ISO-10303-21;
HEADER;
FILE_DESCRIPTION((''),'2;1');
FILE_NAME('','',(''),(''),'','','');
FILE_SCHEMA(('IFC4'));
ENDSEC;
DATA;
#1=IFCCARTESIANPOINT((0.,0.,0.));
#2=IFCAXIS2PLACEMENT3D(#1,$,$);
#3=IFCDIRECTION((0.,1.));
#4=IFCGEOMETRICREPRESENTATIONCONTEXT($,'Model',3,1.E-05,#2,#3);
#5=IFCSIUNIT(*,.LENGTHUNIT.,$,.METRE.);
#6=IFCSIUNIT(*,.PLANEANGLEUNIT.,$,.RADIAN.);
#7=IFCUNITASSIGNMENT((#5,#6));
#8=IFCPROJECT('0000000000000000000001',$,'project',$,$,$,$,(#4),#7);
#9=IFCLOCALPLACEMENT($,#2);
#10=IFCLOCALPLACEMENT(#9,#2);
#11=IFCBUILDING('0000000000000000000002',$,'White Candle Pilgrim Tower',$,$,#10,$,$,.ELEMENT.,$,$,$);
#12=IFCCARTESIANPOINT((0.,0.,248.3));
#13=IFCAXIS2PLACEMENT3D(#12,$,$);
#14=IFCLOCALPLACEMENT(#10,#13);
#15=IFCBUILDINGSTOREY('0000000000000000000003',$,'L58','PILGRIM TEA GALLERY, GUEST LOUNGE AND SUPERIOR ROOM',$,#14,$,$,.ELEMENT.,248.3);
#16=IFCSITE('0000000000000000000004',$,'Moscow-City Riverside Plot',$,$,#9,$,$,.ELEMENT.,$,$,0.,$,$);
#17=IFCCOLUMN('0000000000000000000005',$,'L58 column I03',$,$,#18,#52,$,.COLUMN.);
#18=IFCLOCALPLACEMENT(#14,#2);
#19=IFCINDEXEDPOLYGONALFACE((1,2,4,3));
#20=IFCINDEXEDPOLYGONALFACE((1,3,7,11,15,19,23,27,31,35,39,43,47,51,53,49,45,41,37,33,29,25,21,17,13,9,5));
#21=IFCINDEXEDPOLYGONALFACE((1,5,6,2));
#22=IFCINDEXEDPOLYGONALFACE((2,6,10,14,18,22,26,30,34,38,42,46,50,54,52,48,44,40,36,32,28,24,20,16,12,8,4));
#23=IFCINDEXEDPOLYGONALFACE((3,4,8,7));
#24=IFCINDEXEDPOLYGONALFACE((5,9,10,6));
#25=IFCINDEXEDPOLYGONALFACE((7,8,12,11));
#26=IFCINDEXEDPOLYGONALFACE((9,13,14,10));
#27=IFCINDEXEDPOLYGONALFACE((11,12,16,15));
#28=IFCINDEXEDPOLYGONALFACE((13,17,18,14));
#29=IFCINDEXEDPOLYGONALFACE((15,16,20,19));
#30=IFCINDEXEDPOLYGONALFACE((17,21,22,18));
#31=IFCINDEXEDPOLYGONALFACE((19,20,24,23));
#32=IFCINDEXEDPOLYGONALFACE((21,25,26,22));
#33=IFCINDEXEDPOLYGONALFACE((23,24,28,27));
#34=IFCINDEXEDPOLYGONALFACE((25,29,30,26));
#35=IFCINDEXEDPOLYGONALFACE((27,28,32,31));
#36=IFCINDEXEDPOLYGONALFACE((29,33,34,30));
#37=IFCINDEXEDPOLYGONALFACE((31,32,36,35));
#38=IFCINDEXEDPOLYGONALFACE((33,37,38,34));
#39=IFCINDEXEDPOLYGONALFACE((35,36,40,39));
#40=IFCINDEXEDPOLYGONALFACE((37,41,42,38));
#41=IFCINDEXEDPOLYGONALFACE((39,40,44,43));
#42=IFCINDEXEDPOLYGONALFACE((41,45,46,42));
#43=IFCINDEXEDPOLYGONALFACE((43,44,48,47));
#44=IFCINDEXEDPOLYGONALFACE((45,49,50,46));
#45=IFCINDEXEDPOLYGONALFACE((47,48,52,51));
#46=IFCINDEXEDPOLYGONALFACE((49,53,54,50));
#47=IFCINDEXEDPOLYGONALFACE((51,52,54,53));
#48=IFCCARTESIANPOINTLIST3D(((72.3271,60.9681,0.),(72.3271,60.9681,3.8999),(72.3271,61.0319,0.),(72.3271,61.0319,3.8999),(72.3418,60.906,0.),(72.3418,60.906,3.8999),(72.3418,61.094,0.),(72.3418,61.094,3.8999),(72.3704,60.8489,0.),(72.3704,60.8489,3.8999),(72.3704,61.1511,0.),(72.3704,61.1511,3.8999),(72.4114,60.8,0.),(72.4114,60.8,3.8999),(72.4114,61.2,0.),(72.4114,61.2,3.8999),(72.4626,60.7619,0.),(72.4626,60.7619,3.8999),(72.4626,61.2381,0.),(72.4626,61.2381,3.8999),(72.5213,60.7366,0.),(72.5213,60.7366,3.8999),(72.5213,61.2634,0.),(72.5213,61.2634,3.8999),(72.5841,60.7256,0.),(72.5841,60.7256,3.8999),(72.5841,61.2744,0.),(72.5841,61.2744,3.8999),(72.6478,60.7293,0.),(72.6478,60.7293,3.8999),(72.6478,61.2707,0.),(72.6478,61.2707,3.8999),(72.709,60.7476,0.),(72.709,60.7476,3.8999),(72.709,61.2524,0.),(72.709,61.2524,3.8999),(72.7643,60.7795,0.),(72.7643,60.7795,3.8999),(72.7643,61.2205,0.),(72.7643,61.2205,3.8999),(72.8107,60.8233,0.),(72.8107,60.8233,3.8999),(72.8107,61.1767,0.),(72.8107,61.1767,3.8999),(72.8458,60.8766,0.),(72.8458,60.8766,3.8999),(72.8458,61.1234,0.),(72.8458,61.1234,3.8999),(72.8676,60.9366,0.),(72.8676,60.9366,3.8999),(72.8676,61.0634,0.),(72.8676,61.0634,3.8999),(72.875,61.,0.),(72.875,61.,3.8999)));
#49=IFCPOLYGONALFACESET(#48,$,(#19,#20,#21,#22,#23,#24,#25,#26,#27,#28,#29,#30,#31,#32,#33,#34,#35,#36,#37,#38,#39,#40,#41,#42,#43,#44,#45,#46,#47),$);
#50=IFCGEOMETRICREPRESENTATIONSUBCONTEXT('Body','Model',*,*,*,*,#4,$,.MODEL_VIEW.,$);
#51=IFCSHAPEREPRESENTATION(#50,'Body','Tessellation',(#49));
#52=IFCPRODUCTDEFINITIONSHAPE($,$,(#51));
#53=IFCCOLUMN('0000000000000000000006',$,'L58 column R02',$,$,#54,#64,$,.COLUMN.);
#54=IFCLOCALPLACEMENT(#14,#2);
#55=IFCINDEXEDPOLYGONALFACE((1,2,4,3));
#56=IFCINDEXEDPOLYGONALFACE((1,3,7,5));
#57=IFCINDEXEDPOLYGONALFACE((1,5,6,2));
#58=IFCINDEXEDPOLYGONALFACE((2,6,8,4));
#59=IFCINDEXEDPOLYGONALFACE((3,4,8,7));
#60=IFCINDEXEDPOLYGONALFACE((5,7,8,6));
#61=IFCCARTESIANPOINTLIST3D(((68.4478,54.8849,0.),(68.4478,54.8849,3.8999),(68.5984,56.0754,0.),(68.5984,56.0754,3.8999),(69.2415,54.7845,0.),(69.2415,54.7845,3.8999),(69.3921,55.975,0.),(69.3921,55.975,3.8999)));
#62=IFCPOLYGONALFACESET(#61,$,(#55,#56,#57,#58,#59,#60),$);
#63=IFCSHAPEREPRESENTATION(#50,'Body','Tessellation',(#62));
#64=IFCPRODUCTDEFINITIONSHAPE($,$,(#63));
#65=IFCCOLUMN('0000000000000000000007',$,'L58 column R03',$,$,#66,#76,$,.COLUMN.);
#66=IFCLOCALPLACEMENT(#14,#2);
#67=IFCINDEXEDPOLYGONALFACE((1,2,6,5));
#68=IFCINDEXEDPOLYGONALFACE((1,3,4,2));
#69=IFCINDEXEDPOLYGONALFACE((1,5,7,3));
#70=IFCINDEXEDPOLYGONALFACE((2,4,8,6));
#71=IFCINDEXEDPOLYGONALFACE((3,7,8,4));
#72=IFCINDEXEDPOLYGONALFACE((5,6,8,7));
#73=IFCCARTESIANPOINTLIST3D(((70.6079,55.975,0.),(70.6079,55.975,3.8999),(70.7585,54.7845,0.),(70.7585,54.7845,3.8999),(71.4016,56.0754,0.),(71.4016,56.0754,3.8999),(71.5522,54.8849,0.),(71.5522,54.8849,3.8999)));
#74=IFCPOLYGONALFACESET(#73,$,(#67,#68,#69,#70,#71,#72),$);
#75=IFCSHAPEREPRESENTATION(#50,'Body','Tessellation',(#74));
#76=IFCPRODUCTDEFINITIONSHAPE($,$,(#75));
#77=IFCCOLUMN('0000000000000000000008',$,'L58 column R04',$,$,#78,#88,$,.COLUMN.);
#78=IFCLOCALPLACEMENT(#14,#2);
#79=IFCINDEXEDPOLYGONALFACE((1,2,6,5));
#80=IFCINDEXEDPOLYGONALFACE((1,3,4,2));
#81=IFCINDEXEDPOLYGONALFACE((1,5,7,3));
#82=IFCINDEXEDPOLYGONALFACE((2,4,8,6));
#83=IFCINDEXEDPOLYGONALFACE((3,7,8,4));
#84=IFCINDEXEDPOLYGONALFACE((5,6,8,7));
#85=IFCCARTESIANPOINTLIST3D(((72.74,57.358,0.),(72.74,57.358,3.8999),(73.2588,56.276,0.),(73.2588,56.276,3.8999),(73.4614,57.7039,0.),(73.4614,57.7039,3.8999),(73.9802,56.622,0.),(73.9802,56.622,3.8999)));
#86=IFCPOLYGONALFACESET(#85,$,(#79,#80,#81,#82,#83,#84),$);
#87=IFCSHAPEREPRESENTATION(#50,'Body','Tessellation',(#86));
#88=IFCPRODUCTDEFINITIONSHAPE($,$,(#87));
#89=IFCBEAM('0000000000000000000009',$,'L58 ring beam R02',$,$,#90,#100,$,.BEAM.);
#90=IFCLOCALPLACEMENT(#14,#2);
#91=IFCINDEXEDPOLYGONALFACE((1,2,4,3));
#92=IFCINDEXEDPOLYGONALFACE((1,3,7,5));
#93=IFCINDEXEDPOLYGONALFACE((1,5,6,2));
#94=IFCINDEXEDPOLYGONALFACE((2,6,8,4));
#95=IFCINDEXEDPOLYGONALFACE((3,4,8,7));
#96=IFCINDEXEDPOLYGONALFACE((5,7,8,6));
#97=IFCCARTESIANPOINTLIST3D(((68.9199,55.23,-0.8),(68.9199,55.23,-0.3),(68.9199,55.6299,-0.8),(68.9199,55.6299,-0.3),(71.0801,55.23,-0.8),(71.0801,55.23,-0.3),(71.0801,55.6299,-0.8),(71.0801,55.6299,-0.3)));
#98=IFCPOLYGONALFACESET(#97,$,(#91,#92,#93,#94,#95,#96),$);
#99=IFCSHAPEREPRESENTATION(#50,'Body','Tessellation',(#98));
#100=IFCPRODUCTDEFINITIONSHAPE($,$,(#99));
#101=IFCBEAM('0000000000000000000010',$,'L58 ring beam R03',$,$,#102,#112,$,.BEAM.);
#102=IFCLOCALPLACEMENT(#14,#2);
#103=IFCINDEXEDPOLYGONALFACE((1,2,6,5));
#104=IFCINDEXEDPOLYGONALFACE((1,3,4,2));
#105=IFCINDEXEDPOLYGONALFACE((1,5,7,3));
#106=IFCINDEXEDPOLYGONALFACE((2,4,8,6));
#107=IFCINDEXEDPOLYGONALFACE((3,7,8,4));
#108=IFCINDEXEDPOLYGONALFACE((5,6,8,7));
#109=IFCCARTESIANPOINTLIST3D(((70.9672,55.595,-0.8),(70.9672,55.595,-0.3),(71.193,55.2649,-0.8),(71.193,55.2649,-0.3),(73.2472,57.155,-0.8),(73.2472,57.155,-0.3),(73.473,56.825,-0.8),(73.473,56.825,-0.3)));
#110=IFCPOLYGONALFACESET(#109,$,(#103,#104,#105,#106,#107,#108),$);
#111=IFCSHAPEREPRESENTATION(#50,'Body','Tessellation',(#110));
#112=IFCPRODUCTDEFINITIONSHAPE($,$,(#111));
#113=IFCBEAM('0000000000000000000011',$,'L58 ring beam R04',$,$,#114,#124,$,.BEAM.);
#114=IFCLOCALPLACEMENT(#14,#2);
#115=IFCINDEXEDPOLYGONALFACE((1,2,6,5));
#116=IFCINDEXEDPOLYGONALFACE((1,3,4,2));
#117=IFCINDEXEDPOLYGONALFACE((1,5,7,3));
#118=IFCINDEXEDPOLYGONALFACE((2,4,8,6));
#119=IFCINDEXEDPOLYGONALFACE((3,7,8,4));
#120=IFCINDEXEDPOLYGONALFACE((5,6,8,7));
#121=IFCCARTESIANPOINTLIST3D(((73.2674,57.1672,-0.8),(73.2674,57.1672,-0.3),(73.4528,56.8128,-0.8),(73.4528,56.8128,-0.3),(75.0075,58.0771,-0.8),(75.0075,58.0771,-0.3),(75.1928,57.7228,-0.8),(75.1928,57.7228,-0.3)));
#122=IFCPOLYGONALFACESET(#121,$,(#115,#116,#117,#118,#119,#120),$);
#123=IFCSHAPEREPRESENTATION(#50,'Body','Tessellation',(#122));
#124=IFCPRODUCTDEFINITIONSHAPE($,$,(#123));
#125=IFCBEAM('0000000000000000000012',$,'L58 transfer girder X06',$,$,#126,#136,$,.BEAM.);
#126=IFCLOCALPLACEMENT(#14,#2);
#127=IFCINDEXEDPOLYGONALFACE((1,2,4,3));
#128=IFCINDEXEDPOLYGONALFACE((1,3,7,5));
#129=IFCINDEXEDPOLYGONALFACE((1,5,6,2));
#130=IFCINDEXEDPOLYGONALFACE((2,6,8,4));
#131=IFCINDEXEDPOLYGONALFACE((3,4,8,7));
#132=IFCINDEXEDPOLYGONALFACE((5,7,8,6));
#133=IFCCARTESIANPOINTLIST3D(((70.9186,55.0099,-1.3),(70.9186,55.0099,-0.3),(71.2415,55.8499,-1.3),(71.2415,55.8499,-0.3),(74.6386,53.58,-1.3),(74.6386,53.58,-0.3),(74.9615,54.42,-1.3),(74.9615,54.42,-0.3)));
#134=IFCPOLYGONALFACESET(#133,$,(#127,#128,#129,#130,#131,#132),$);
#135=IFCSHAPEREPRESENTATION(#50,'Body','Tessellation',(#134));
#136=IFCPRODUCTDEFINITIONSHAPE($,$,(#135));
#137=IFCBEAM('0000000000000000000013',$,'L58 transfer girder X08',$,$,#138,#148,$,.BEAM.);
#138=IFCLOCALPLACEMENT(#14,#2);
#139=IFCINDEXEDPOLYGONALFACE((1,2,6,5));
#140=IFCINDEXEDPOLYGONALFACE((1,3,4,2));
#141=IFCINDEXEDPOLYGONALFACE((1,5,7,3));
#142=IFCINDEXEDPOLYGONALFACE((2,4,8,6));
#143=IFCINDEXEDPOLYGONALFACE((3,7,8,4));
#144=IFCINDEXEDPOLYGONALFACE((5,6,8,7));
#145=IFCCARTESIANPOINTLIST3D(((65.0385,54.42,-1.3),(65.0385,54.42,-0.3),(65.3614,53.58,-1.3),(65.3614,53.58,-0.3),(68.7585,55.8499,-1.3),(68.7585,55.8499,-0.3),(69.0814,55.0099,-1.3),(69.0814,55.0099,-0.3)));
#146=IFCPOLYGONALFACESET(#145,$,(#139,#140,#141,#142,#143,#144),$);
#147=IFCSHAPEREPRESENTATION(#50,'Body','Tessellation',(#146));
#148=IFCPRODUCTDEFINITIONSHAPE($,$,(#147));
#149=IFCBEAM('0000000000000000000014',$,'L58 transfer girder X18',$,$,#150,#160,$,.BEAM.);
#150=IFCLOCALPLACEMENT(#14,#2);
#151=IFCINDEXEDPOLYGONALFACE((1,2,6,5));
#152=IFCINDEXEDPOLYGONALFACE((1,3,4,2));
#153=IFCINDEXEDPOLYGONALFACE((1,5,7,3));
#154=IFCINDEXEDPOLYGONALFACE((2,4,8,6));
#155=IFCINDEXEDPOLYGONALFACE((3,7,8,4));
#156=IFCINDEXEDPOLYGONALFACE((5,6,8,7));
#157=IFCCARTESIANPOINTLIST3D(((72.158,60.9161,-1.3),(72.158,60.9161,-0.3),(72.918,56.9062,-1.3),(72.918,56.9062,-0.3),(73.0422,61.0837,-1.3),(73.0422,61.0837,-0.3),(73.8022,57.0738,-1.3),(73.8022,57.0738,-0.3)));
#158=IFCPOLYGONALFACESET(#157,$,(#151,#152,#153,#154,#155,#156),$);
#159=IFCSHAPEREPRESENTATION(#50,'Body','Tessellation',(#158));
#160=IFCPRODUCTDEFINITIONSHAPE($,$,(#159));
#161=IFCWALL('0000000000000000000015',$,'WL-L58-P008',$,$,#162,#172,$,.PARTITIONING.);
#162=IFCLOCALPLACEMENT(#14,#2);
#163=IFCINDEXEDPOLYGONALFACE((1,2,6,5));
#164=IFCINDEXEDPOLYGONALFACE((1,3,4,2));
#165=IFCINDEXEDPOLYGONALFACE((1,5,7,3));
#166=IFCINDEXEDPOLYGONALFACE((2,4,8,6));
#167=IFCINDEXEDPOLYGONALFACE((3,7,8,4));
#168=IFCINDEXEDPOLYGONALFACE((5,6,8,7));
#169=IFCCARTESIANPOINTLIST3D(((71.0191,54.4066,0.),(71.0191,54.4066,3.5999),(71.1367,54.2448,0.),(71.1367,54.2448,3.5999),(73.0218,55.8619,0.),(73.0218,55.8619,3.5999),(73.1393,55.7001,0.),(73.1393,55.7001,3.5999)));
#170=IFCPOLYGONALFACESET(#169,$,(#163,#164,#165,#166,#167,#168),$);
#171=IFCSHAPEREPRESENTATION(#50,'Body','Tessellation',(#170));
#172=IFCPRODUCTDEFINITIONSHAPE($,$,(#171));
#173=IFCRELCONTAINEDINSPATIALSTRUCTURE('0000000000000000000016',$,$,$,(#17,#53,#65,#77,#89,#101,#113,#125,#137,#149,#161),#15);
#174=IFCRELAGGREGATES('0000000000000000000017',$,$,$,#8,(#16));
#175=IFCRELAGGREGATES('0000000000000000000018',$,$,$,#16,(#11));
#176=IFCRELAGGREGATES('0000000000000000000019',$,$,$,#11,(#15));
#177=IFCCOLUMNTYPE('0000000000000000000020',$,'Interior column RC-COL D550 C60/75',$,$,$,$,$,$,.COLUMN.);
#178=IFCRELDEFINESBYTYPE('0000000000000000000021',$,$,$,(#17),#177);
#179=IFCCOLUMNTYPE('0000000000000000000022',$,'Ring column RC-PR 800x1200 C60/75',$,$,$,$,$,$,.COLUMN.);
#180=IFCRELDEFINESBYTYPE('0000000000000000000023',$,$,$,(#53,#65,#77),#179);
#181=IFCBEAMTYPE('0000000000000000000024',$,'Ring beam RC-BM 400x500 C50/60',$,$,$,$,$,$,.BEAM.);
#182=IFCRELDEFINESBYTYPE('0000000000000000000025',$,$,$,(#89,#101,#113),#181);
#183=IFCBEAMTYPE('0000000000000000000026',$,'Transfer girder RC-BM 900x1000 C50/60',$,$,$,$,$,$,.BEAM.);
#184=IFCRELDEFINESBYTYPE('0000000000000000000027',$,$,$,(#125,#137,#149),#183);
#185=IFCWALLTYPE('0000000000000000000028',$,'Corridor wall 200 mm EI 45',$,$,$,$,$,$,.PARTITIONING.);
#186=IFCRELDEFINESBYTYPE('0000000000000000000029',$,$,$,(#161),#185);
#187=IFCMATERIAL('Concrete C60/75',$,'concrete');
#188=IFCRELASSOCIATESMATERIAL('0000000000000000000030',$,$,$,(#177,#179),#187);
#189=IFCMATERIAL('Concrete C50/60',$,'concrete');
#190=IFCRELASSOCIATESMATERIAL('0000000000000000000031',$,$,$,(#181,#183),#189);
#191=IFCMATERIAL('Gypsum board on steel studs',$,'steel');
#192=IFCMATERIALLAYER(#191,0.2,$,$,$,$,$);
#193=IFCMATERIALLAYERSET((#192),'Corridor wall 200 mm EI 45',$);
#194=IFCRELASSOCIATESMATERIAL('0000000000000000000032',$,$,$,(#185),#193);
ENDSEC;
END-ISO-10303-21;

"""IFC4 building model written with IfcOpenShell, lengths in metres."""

from ifc_helpers import new_model, si_unit, direction, frame, frame_2d, origin, origin_2d, place, context, subcontext, project, spatial, rectangle, circle, extrude, material, layer, layer_set, material_profile, profile_set, type_object, element, save


model = new_model("IFC4")

# Units and contexts
model_context = context("Model", 3, precision=1e-05, world=origin(), true_north=direction((0.0, 1.0)))
body_context = subcontext(model_context, "Body", "Model", "MODEL_VIEW")
ifc_project = project(units=[si_unit("LENGTHUNIT", "METRE"), si_unit("PLANEANGLEUNIT", "RADIAN")], contexts=[model_context])

# Site, building, storey
site_placement = place(None, origin())
site = spatial("IfcSite", under=ifc_project, at=site_placement, Name="Moscow-City Riverside Plot", CompositionType="ELEMENT", RefElevation=0.0)
building_placement = place(site_placement, origin())
building = spatial("IfcBuilding", under=site, at=building_placement, Name="White Candle Pilgrim Tower", CompositionType="ELEMENT")
storey_placement = place(building_placement, frame((0.0, 0.0, 248.3)))
storey = spatial("IfcBuildingStorey", under=building, at=storey_placement, Name="L58", Description="PILGRIM TEA GALLERY, GUEST LOUNGE AND SUPERIOR ROOM", CompositionType="ELEMENT", Elevation=248.3)

# Columns
ifc_material_1 = material(Name="Concrete C60/75", Category="concrete")
ifc_material_profile_1 = material_profile(ifc_material_1, circle(Radius=0.2749, at=origin_2d()), Name="RC-COL D550")
ifc_profile_set_1 = profile_set([ifc_material_profile_1], Name="Concrete C60/75")
column_type_1 = type_object("IfcColumnType", Name="Interior column RC-COL D550 C60/75", PredefinedType="COLUMN", material=ifc_profile_set_1)
column_placement = place(storey_placement, frame((72.6001, 61.0, 0.0), z_axis=(0.0, 0.0, 1.0), x_axis=(1.0, 0.0, 0.0)))
element("IfcColumn", 1, at=column_placement, inside=storey, type_object=column_type_1, Name="L58 column I03", PredefinedType="COLUMN", context=body_context, shape_type="SweptSolid", body=[
    extrude(circle(Radius=0.2749, at=origin_2d()), origin(), (0.0, 0.0, 1.0), 3.8999),
])
ifc_material_profile_2 = material_profile(ifc_material_1, rectangle(XDim=0.8, YDim=1.2, at=origin_2d()), Name="RC-PR 800x1200")
ifc_profile_set_2 = profile_set([ifc_material_profile_2], Name="Concrete C60/75")
column_type_2 = type_object("IfcColumnType", Name="Ring column RC-PR 800x1200 C60/75", PredefinedType="COLUMN", material=ifc_profile_set_2)
for number, where, z_axis, x_axis, name in (
    (2, (68.9199, 55.4299, 0.0), (0.0, 0.0, 1.0), (-0.992093, 0.125506, 0.0), "L58 column R02"),
    (3, (71.0801, 55.4299, 0.0), (0.0, 0.0, 1.0), (-0.992093, -0.125506, 0.0), "L58 column R03"),
    (4, (73.3601, 56.99, 0.0), (0.0, 0.0, 1.0), (-0.901689, -0.432385, 0.0), "L58 column R04"),
):
    element("IfcColumn", number, at=place(storey_placement, frame(where, z_axis=z_axis, x_axis=x_axis)), inside=storey, type_object=column_type_2, Name=name, PredefinedType="COLUMN", context=body_context, shape_type="SweptSolid", body=[
        extrude(rectangle(XDim=0.8, YDim=1.2, at=origin_2d()), origin(), (0.0, 0.0, 1.0), 3.8999),
    ])

# Beams
ifc_material_2 = material(Name="Concrete C50/60", Category="concrete")
ifc_material_profile_3 = material_profile(ifc_material_2, rectangle(XDim=0.3999, YDim=0.5, at=origin_2d()), Name="RC-BM 400x500")
ifc_profile_set_3 = profile_set([ifc_material_profile_3], Name="Concrete C50/60")
beam_type_1 = type_object("IfcBeamType", Name="Ring beam RC-BM 400x500 C50/60", PredefinedType="BEAM", material=ifc_profile_set_3)
beam_1_placement = place(storey_placement, frame((68.9199, 55.4299, -0.55), z_axis=(1.0, 0.0, 0.0), x_axis=(0.0, 1.0, 0.0)))
element("IfcBeam", 5, at=beam_1_placement, inside=storey, type_object=beam_type_1, Name="L58 ring beam R02", PredefinedType="BEAM", context=body_context, shape_type="SweptSolid", body=[
    extrude(rectangle(XDim=0.3999, YDim=0.5, at=origin_2d()), origin(), (0.0, 0.0, 1.0), 2.1602),
])
beam_2_placement = place(storey_placement, frame((71.0801, 55.4299, -0.55), z_axis=(0.825301, 0.564693, 0.0), x_axis=(-0.564693, 0.825301, 0.0)))
element("IfcBeam", 6, at=beam_2_placement, inside=storey, type_object=beam_type_1, Name="L58 ring beam R03", PredefinedType="BEAM", context=body_context, shape_type="SweptSolid", body=[
    extrude(rectangle(XDim=0.3999, YDim=0.5, at=origin_2d()), origin(), (0.0, 0.0, 1.0), 2.7627),
])
beam_3_placement = place(storey_placement, frame((73.3601, 56.99, -0.55), z_axis=(0.886148, 0.463403, 0.0), x_axis=(-0.463403, 0.886148, 0.0)))
element("IfcBeam", 7, at=beam_3_placement, inside=storey, type_object=beam_type_1, Name="L58 ring beam R04", PredefinedType="BEAM", context=body_context, shape_type="SweptSolid", body=[
    extrude(rectangle(XDim=0.3999, YDim=0.5, at=origin_2d()), origin(), (0.0, 0.0, 1.0), 1.9636),
])
ifc_material_profile_4 = material_profile(ifc_material_2, rectangle(XDim=0.8999, YDim=1.0, at=origin_2d()), Name="RC-BM 900x1000")
ifc_profile_set_4 = profile_set([ifc_material_profile_4], Name="Concrete C50/60")
beam_type_2 = type_object("IfcBeamType", Name="Transfer girder RC-BM 900x1000 C50/60", PredefinedType="BEAM", material=ifc_profile_set_4)
for number, where, z_axis, x_axis, name in (
    (8, (71.0801, 55.4299, -0.8), (0.933415, -0.358798, 0.0), (0.358798, 0.933415, 0.0), "L58 transfer girder X06"),
    (9, (68.9199, 55.4299, -0.8), (-0.933415, -0.358798, 0.0), (0.358798, -0.933415, 0.0), "L58 transfer girder X08"),
):
    element("IfcBeam", number, at=place(storey_placement, frame(where, z_axis=z_axis, x_axis=x_axis)), inside=storey, type_object=beam_type_2, Name=name, PredefinedType="BEAM", context=body_context, shape_type="SweptSolid", body=[
        extrude(rectangle(XDim=0.8999, YDim=1.0, at=origin_2d()), origin(), (0.0, 0.0, 1.0), 3.9854),
    ])
beam_4_placement = place(storey_placement, frame((73.3601, 56.99, -0.8), z_axis=(-0.186213, 0.982509, 0.0), x_axis=(-0.982509, -0.186213, 0.0)))
element("IfcBeam", 10, at=beam_4_placement, inside=storey, type_object=beam_type_2, Name="L58 transfer girder X18", PredefinedType="BEAM", context=body_context, shape_type="SweptSolid", body=[
    extrude(rectangle(XDim=0.8999, YDim=1.0, at=origin_2d()), origin(), (0.0, 0.0, 1.0), 4.0813),
])

# Wall
ifc_material_3 = material(Name="Gypsum board on steel studs", Category="steel")
ifc_layer_1 = layer(ifc_material_3, 0.2)
ifc_layer_set_1 = layer_set([ifc_layer_1], Name="Corridor wall 200 mm EI 45")
wall_type_1 = type_object("IfcWallType", Name="Corridor wall 200 mm EI 45", PredefinedType="PARTITIONING", material=ifc_layer_set_1)
wall_1_placement = place(storey_placement, frame((73.0806, 55.781, 0.0), z_axis=(0.0, 0.0, 1.0), x_axis=(-0.808962, -0.587861, 0.0)))
element("IfcWall", 11, at=wall_1_placement, inside=storey, type_object=wall_type_1, Name="WL-L58-P008", PredefinedType="PARTITIONING", context=body_context, shape_type="SweptSolid", body=[
    extrude(rectangle(XDim=2.4756, YDim=0.2, at=frame_2d((1.2378, 0.0))), origin(), (0.0, 0.0, 1.0), 3.5999),
])

save(model, "model.ifc")
